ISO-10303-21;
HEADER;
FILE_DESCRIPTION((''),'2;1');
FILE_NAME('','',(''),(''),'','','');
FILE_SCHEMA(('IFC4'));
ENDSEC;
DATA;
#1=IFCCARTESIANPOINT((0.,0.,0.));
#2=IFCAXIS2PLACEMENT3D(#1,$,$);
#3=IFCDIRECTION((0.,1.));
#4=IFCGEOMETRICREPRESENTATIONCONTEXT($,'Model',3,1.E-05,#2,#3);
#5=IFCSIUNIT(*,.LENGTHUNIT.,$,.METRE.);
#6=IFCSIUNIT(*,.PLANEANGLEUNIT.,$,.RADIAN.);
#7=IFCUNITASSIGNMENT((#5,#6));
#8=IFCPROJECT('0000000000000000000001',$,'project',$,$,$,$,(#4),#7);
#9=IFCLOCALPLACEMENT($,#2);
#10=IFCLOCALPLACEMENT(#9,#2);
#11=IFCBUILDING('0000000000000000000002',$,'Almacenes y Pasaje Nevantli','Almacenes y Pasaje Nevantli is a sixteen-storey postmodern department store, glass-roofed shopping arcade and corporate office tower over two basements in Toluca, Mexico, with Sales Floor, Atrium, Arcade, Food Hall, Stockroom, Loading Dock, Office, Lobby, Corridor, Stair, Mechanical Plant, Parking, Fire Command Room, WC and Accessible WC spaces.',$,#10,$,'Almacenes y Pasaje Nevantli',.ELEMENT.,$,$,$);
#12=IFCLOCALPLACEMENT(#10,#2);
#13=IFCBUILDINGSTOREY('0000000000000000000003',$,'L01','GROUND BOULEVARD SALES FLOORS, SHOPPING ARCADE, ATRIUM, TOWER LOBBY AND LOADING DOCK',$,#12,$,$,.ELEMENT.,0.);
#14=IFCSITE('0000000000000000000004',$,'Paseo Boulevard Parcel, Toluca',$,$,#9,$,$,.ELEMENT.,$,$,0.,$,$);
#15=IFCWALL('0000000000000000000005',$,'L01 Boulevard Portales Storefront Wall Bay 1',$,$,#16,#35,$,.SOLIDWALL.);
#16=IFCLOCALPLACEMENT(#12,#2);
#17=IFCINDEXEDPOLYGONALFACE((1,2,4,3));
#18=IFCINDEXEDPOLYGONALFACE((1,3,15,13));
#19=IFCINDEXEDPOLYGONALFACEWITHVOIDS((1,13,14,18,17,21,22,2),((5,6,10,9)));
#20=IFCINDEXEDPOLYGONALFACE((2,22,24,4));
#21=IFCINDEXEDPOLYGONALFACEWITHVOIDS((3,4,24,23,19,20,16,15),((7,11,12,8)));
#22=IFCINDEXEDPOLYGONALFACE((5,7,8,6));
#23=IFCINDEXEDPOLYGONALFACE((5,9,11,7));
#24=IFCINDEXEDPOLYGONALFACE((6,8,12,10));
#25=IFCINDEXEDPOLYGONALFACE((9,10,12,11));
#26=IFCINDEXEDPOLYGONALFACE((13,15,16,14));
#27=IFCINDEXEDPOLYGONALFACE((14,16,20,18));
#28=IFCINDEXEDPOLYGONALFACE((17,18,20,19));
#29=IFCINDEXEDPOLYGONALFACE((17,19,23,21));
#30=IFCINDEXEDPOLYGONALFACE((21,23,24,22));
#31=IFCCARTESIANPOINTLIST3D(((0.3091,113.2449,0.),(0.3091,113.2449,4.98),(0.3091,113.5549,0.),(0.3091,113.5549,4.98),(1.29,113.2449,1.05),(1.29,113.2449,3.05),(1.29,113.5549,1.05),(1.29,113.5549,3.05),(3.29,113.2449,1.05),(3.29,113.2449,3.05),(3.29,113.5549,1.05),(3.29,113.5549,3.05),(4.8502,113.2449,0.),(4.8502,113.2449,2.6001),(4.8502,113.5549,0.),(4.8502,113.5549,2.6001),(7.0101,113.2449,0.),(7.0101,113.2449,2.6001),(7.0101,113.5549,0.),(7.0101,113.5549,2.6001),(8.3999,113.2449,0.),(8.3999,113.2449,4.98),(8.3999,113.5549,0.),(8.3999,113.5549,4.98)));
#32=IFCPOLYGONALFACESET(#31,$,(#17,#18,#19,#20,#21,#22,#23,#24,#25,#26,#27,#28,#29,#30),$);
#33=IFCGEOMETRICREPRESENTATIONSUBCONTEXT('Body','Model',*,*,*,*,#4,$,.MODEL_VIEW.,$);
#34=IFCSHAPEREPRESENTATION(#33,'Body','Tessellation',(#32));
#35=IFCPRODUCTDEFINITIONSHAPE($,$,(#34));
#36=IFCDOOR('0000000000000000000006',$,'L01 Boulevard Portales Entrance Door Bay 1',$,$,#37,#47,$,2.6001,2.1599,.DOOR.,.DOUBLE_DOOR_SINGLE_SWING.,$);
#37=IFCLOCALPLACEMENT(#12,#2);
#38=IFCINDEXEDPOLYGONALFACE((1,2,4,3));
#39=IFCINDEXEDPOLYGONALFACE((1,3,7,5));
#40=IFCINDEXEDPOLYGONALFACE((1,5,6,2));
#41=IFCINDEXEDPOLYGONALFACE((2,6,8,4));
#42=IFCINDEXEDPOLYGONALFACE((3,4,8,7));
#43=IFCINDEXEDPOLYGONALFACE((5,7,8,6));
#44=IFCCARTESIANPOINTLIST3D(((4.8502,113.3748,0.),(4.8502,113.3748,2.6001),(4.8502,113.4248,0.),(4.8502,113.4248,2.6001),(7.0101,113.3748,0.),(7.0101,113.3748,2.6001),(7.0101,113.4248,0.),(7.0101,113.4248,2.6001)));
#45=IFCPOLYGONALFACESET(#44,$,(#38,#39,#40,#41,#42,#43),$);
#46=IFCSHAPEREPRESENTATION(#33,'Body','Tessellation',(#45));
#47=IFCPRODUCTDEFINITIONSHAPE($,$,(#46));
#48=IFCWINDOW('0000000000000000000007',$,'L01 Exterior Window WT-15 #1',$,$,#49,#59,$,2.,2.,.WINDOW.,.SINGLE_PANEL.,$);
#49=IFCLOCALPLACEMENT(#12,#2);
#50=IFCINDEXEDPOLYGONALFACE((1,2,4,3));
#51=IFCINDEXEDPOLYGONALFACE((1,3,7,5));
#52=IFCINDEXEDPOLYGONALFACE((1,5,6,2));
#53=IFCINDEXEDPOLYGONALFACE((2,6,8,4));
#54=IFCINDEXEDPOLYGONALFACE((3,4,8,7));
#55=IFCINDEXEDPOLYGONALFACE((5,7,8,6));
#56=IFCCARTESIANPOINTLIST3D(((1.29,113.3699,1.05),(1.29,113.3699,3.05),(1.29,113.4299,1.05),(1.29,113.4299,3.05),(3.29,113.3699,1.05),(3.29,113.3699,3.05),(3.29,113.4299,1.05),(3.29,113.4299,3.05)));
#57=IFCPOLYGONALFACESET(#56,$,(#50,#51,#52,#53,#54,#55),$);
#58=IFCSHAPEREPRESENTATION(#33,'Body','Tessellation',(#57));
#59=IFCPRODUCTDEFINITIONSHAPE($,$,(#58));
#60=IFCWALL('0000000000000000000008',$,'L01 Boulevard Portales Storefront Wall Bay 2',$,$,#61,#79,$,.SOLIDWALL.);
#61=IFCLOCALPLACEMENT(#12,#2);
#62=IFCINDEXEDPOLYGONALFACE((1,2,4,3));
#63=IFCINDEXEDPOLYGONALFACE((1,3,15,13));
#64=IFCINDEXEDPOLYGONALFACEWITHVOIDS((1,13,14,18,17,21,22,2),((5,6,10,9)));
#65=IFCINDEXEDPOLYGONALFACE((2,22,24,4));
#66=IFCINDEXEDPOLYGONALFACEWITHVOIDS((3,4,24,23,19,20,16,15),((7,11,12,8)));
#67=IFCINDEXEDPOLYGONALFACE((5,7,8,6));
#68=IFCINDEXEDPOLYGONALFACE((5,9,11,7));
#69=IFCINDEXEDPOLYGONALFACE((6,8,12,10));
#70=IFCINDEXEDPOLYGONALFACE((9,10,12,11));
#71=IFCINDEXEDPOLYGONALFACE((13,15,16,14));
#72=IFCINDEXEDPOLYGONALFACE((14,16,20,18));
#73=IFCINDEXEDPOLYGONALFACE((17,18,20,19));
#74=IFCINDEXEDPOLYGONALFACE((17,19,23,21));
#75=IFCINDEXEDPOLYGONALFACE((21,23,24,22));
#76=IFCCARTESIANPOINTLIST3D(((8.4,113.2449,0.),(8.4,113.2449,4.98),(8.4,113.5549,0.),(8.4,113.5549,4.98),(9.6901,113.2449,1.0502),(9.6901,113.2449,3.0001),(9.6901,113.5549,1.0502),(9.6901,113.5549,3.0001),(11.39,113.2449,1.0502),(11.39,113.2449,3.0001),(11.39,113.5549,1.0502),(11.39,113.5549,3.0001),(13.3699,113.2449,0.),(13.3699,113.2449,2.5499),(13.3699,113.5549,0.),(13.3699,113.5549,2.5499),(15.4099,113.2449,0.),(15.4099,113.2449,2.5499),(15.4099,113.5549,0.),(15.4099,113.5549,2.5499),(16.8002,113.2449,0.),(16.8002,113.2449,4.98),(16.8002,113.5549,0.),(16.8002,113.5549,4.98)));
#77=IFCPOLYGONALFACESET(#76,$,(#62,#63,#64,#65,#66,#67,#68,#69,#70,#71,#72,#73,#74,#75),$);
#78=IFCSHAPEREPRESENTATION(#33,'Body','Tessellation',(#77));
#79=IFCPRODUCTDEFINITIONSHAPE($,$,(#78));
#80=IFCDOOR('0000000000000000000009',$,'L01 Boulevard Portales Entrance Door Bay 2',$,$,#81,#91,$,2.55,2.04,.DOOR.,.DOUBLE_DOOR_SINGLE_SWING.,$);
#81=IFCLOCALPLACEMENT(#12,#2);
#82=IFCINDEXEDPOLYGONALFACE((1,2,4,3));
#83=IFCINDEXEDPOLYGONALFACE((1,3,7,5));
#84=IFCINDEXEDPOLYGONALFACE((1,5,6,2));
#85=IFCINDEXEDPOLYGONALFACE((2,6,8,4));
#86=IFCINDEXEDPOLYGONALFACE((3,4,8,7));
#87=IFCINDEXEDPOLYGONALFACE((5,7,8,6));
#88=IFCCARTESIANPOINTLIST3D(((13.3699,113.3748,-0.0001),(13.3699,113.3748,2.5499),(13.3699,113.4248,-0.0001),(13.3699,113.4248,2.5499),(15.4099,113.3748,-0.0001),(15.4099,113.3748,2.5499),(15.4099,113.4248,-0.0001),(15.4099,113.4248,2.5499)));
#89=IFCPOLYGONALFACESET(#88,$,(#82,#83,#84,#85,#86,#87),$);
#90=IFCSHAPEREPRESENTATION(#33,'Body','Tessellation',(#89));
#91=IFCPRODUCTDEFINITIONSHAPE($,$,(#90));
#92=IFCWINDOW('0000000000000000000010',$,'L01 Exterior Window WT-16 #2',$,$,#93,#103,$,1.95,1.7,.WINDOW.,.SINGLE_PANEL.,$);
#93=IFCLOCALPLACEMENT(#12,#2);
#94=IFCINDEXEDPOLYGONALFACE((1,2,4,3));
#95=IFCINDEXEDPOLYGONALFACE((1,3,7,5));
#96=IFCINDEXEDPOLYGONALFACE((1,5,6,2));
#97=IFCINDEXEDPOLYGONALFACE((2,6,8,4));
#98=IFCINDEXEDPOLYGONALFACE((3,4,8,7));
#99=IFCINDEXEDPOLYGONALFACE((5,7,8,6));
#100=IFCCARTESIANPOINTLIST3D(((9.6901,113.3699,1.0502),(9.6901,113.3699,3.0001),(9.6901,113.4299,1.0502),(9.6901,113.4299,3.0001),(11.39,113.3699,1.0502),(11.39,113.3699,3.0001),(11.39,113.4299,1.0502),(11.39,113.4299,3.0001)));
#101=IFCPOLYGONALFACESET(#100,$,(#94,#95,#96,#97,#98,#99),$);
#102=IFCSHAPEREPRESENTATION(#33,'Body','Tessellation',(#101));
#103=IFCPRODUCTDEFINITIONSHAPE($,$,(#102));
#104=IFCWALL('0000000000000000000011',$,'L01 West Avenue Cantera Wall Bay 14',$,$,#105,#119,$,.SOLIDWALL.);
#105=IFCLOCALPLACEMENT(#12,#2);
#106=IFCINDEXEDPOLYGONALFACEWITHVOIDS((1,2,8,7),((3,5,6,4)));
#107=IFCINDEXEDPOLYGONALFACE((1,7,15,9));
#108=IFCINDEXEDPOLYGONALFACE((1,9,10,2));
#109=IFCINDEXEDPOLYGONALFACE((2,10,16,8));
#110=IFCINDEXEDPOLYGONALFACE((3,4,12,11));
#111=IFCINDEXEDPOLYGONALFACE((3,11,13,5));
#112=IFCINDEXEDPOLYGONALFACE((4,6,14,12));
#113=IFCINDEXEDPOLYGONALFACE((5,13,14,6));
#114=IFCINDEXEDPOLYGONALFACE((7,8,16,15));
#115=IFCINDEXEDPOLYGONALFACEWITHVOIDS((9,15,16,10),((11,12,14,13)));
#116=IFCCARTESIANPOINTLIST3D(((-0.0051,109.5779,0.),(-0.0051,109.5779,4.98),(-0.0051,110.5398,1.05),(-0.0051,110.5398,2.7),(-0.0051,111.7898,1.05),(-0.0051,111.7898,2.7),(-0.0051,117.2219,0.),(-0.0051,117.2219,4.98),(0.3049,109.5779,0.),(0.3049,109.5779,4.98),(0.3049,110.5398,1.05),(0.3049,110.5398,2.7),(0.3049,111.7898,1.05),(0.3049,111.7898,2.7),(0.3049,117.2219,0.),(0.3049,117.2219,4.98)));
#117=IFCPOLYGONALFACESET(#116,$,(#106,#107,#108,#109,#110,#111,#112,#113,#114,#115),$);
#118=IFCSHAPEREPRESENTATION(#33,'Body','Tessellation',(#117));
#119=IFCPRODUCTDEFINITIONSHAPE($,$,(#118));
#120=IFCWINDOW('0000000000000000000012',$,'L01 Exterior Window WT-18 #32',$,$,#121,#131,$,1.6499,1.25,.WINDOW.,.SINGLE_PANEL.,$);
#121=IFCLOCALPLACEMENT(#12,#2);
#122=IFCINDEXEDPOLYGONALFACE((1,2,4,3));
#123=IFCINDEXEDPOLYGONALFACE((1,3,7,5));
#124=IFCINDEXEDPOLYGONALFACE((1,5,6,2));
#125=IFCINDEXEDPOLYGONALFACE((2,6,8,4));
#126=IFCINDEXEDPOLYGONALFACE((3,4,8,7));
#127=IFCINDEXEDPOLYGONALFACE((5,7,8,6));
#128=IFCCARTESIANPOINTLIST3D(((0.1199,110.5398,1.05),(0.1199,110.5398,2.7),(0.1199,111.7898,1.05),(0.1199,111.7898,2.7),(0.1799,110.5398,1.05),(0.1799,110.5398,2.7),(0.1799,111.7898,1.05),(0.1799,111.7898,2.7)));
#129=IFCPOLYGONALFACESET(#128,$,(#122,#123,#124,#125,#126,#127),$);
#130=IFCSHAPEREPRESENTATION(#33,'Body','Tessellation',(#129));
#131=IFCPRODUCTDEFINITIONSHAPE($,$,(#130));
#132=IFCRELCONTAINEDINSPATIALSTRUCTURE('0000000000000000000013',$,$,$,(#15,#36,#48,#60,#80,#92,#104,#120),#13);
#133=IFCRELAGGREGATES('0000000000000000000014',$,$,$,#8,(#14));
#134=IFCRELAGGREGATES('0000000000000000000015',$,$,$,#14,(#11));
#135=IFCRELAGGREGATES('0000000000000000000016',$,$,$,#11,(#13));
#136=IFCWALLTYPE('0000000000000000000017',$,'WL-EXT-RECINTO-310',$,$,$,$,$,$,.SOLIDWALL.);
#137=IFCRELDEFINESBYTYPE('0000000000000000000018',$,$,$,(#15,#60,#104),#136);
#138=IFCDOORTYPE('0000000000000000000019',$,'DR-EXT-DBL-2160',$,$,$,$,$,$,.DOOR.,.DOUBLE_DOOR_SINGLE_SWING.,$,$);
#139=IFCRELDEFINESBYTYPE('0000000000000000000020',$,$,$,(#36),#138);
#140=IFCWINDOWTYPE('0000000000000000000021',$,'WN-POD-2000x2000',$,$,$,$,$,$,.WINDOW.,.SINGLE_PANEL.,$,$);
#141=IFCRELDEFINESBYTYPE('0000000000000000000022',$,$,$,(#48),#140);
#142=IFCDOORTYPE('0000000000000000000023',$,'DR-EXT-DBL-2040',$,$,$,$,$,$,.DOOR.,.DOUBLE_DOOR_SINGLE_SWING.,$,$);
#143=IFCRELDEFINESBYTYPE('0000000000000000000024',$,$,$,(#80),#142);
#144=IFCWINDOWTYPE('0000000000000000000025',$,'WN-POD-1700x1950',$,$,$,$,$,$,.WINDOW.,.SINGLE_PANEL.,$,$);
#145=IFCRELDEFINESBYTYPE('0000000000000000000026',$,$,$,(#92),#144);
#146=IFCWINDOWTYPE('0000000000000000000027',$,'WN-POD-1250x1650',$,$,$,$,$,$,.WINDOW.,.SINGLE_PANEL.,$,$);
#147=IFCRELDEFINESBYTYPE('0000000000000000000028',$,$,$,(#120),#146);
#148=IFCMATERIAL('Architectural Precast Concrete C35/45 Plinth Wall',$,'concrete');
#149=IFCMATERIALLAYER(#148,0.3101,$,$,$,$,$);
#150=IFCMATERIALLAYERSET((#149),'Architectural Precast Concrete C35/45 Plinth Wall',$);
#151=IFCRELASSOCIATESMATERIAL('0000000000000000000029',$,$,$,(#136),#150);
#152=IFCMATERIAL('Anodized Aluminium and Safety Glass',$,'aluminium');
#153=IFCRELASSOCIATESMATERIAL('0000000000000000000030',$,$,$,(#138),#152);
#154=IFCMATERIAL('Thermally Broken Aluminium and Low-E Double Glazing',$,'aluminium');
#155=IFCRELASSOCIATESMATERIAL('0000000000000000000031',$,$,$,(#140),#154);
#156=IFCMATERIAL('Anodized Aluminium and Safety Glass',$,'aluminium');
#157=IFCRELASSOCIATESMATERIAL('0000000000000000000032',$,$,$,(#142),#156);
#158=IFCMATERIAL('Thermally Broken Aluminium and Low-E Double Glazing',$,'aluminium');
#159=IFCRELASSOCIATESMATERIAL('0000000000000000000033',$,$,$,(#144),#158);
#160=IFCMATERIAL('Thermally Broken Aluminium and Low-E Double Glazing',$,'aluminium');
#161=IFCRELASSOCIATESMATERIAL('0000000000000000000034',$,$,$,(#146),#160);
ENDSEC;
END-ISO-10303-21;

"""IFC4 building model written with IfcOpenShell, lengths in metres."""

from ifc_helpers import new_model, si_unit, direction, frame, frame_2d, origin, place, context, subcontext, project, spatial, rectangle, extrude, material, layer, layer_set, type_object, element, fill, save


model = new_model("IFC4")

# Units and contexts
model_context = context("Model", 3, precision=1e-05, world=origin(), true_north=direction((0.0, 1.0)))
body_context = subcontext(model_context, "Body", "Model", "MODEL_VIEW")
ifc_project = project(units=[si_unit("LENGTHUNIT", "METRE"), si_unit("PLANEANGLEUNIT", "RADIAN")], contexts=[model_context])

# Site, building, storey
site_placement = place(None, origin())
site = spatial("IfcSite", under=ifc_project, at=site_placement, Name="Paseo Boulevard Parcel, Toluca", CompositionType="ELEMENT", RefElevation=0.0)
building_placement = place(site_placement, origin())
building = spatial("IfcBuilding", under=site, at=building_placement, Name="Almacenes y Pasaje Nevantli", Description="Almacenes y Pasaje Nevantli is a sixteen-storey postmodern department store, glass-roofed shopping arcade and corporate office tower over two basements in Toluca, Mexico, with Sales Floor, Atrium, Arcade, Food Hall, Stockroom, Loading Dock, Office, Lobby, Corridor, Stair, Mechanical Plant, Parking, Fire Command Room, WC and Accessible WC spaces.", LongName="Almacenes y Pasaje Nevantli", CompositionType="ELEMENT")
storey_placement = place(building_placement, origin())
storey = spatial("IfcBuildingStorey", under=building, at=storey_placement, Name="L01", Description="GROUND BOULEVARD SALES FLOORS, SHOPPING ARCADE, ATRIUM, TOWER LOBBY AND LOADING DOCK", CompositionType="ELEMENT", Elevation=0.0)

# Walls, openings, doors, windows
ifc_material_1 = material(Name="Architectural Precast Concrete C35/45 Plinth Wall", Category="concrete")
ifc_layer_1 = layer(ifc_material_1, 0.3101)
ifc_layer_set_1 = layer_set([ifc_layer_1], Name="Architectural Precast Concrete C35/45 Plinth Wall")
wall_type_1 = type_object("IfcWallType", Name="WL-EXT-RECINTO-310", PredefinedType="SOLIDWALL", material=ifc_layer_set_1)
wall_1_placement = place(storey_placement, frame((0.3091, 113.3999, 0.0), z_axis=(0.0, 0.0, 1.0), x_axis=(1.0, 0.0, 0.0)))
wall_1 = element("IfcWall", 1, at=wall_1_placement, inside=storey, type_object=wall_type_1, Name="L01 Boulevard Portales Storefront Wall Bay 1", PredefinedType="SOLIDWALL", context=body_context, shape_type="SweptSolid", body=[
    extrude(rectangle(XDim=8.0908, YDim=0.3101, at=frame_2d((4.0454, 0.0))), origin(), (0.0, 0.0, 1.0), 4.98),
])
opening_1_placement = place(wall_1_placement, frame((0.981, 0.0, 1.05)))
opening_1 = element("IfcOpeningElement", 2, at=opening_1_placement, cuts=wall_1, PredefinedType="OPENING", context=body_context, shape_type="SweptSolid", body=[
    extrude(rectangle(XDim=2.0, YDim=2.0, at=frame_2d((1.0, 1.0))), frame((0.0, 0.165, 0.0), z_axis=(0.0, -1.0, 0.0), x_axis=(1.0, 0.0, 0.0)), (0.0, 0.0, 1.0), 0.3301),
])
opening_2_placement = place(wall_1_placement, frame((4.541, 0.0, 0.0)))
opening_2 = element("IfcOpeningElement", 3, at=opening_2_placement, cuts=wall_1, PredefinedType="OPENING", context=body_context, shape_type="SweptSolid", body=[
    extrude(rectangle(XDim=2.1599, YDim=2.6001, at=frame_2d((1.0801, 1.3))), frame((0.0, 0.165, 0.0), z_axis=(0.0, -1.0, 0.0), x_axis=(1.0, 0.0, 0.0)), (0.0, 0.0, 1.0), 0.3301),
])
ifc_material_2 = material(Name="Anodized Aluminium and Safety Glass", Category="aluminium")
door_type_1 = type_object("IfcDoorType", Name="DR-EXT-DBL-2160", OperationType="DOUBLE_DOOR_SINGLE_SWING", PredefinedType="DOOR", material=ifc_material_2)
door_1_placement = place(opening_2_placement, origin())
door_1 = element("IfcDoor", 4, at=door_1_placement, inside=storey, type_object=door_type_1, Name="L01 Boulevard Portales Entrance Door Bay 1", OperationType="DOUBLE_DOOR_SINGLE_SWING", OverallHeight=2.6001, OverallWidth=2.1599, PredefinedType="DOOR", context=body_context, shape_type="SweptSolid", body=[
    extrude(rectangle(XDim=2.1599, YDim=2.6001, at=frame_2d((1.0801, 1.3))), frame((0.0, 0.0249, 0.0), z_axis=(0.0, -1.0, 0.0), x_axis=(1.0, 0.0, 0.0)), (0.0, 0.0, 1.0), 0.05),
])
fill(opening_2, door_1)
ifc_material_3 = material(Name="Thermally Broken Aluminium and Low-E Double Glazing", Category="aluminium")
window_type_1 = type_object("IfcWindowType", Name="WN-POD-2000x2000", PartitioningType="SINGLE_PANEL", PredefinedType="WINDOW", material=ifc_material_3)
window_1_placement = place(opening_1_placement, origin())
window_1 = element("IfcWindow", 5, at=window_1_placement, inside=storey, type_object=window_type_1, Name="L01 Exterior Window WT-15 #1", OverallHeight=2.0, OverallWidth=2.0, PartitioningType="SINGLE_PANEL", PredefinedType="WINDOW", context=body_context, shape_type="SweptSolid", body=[
    extrude(rectangle(XDim=2.0, YDim=2.0, at=frame_2d((1.0, 1.0))), frame((0.0, 0.03, 0.0), z_axis=(0.0, -1.0, 0.0), x_axis=(1.0, 0.0, 0.0)), (0.0, 0.0, 1.0), 0.0601),
])
fill(opening_1, window_1)
wall_2_placement = place(storey_placement, frame((8.3999, 113.3999, 0.0), z_axis=(0.0, 0.0, 1.0), x_axis=(1.0, 0.0, 0.0)))
wall_2 = element("IfcWall", 6, at=wall_2_placement, inside=storey, type_object=wall_type_1, Name="L01 Boulevard Portales Storefront Wall Bay 2", PredefinedType="SOLIDWALL", context=body_context, shape_type="SweptSolid", body=[
    extrude(rectangle(XDim=8.4001, YDim=0.3101, at=frame_2d((4.2002, 0.0))), origin(), (0.0, 0.0, 1.0), 4.98),
])
opening_3_placement = place(wall_2_placement, frame((1.29, 0.0, 1.05)))
opening_3 = element("IfcOpeningElement", 7, at=opening_3_placement, cuts=wall_2, PredefinedType="OPENING", context=body_context, shape_type="SweptSolid", body=[
    extrude(rectangle(XDim=1.7, YDim=1.95, at=frame_2d((0.8501, 0.9751))), frame((0.0, 0.165, 0.0), z_axis=(0.0, -1.0, 0.0), x_axis=(1.0, 0.0, 0.0)), (0.0, 0.0, 1.0), 0.3301),
])
opening_4_placement = place(wall_2_placement, frame((4.97, 0.0, 0.0)))
opening_4 = element("IfcOpeningElement", 8, at=opening_4_placement, cuts=wall_2, PredefinedType="OPENING", context=body_context, shape_type="SweptSolid", body=[
    extrude(rectangle(XDim=2.04, YDim=2.55, at=frame_2d((1.02, 1.2749))), frame((0.0, 0.165, 0.0), z_axis=(0.0, -1.0, 0.0), x_axis=(1.0, 0.0, 0.0)), (0.0, 0.0, 1.0), 0.3301),
])
ifc_material_4 = material(Name="Anodized Aluminium and Safety Glass", Category="aluminium")
door_type_2 = type_object("IfcDoorType", Name="DR-EXT-DBL-2040", OperationType="DOUBLE_DOOR_SINGLE_SWING", PredefinedType="DOOR", material=ifc_material_4)
door_2_placement = place(opening_4_placement, origin())
door_2 = element("IfcDoor", 9, at=door_2_placement, inside=storey, type_object=door_type_2, Name="L01 Boulevard Portales Entrance Door Bay 2", OperationType="DOUBLE_DOOR_SINGLE_SWING", OverallHeight=2.55, OverallWidth=2.04, PredefinedType="DOOR", context=body_context, shape_type="SweptSolid", body=[
    extrude(rectangle(XDim=2.04, YDim=2.55, at=frame_2d((1.02, 1.2749))), frame((0.0, 0.0249, 0.0), z_axis=(0.0, -1.0, 0.0), x_axis=(1.0, 0.0, 0.0)), (0.0, 0.0, 1.0), 0.05),
])
fill(opening_4, door_2)
ifc_material_5 = material(Name="Thermally Broken Aluminium and Low-E Double Glazing", Category="aluminium")
window_type_2 = type_object("IfcWindowType", Name="WN-POD-1700x1950", PartitioningType="SINGLE_PANEL", PredefinedType="WINDOW", material=ifc_material_5)
window_2_placement = place(opening_3_placement, origin())
window_2 = element("IfcWindow", 10, at=window_2_placement, inside=storey, type_object=window_type_2, Name="L01 Exterior Window WT-16 #2", OverallHeight=1.95, OverallWidth=1.7, PartitioningType="SINGLE_PANEL", PredefinedType="WINDOW", context=body_context, shape_type="SweptSolid", body=[
    extrude(rectangle(XDim=1.7, YDim=1.95, at=frame_2d((0.8501, 0.9751))), frame((0.0, 0.03, 0.0), z_axis=(0.0, -1.0, 0.0), x_axis=(1.0, 0.0, 0.0)), (0.0, 0.0, 1.0), 0.0601),
])
fill(opening_3, window_2)

# Wall, opening, window
wall_3_placement = place(storey_placement, frame((0.1499, 109.5779, 0.0), z_axis=(0.0, 0.0, 1.0), x_axis=(0.0, 1.0, 0.0)))
wall_3 = element("IfcWall", 11, at=wall_3_placement, inside=storey, type_object=wall_type_1, Name="L01 West Avenue Cantera Wall Bay 14", PredefinedType="SOLIDWALL", context=body_context, shape_type="SweptSolid", body=[
    extrude(rectangle(XDim=7.644, YDim=0.3101, at=frame_2d((3.822, 0.0))), origin(), (0.0, 0.0, 1.0), 4.98),
])
opening_5_placement = place(wall_3_placement, frame((0.9619, 0.0, 1.05)))
opening_5 = element("IfcOpeningElement", 12, at=opening_5_placement, cuts=wall_3, PredefinedType="OPENING", context=body_context, shape_type="SweptSolid", body=[
    extrude(rectangle(XDim=1.25, YDim=1.6499, at=frame_2d((0.625, 0.825))), frame((0.0, 0.165, 0.0), z_axis=(0.0, -1.0, 0.0), x_axis=(1.0, 0.0, 0.0)), (0.0, 0.0, 1.0), 0.3301),
])
ifc_material_6 = material(Name="Thermally Broken Aluminium and Low-E Double Glazing", Category="aluminium")
window_type_3 = type_object("IfcWindowType", Name="WN-POD-1250x1650", PartitioningType="SINGLE_PANEL", PredefinedType="WINDOW", material=ifc_material_6)
window_3_placement = place(opening_5_placement, origin())
window_3 = element("IfcWindow", 13, at=window_3_placement, inside=storey, type_object=window_type_3, Name="L01 Exterior Window WT-18 #32", OverallHeight=1.6499, OverallWidth=1.25, PartitioningType="SINGLE_PANEL", PredefinedType="WINDOW", context=body_context, shape_type="SweptSolid", body=[
    extrude(rectangle(XDim=1.25, YDim=1.6499, at=frame_2d((0.625, 0.825))), frame((0.0, 0.03, 0.0), z_axis=(0.0, -1.0, 0.0), x_axis=(1.0, 0.0, 0.0)), (0.0, 0.0, 1.0), 0.0601),
])
fill(opening_5, window_3)

save(model, "model.ifc")
